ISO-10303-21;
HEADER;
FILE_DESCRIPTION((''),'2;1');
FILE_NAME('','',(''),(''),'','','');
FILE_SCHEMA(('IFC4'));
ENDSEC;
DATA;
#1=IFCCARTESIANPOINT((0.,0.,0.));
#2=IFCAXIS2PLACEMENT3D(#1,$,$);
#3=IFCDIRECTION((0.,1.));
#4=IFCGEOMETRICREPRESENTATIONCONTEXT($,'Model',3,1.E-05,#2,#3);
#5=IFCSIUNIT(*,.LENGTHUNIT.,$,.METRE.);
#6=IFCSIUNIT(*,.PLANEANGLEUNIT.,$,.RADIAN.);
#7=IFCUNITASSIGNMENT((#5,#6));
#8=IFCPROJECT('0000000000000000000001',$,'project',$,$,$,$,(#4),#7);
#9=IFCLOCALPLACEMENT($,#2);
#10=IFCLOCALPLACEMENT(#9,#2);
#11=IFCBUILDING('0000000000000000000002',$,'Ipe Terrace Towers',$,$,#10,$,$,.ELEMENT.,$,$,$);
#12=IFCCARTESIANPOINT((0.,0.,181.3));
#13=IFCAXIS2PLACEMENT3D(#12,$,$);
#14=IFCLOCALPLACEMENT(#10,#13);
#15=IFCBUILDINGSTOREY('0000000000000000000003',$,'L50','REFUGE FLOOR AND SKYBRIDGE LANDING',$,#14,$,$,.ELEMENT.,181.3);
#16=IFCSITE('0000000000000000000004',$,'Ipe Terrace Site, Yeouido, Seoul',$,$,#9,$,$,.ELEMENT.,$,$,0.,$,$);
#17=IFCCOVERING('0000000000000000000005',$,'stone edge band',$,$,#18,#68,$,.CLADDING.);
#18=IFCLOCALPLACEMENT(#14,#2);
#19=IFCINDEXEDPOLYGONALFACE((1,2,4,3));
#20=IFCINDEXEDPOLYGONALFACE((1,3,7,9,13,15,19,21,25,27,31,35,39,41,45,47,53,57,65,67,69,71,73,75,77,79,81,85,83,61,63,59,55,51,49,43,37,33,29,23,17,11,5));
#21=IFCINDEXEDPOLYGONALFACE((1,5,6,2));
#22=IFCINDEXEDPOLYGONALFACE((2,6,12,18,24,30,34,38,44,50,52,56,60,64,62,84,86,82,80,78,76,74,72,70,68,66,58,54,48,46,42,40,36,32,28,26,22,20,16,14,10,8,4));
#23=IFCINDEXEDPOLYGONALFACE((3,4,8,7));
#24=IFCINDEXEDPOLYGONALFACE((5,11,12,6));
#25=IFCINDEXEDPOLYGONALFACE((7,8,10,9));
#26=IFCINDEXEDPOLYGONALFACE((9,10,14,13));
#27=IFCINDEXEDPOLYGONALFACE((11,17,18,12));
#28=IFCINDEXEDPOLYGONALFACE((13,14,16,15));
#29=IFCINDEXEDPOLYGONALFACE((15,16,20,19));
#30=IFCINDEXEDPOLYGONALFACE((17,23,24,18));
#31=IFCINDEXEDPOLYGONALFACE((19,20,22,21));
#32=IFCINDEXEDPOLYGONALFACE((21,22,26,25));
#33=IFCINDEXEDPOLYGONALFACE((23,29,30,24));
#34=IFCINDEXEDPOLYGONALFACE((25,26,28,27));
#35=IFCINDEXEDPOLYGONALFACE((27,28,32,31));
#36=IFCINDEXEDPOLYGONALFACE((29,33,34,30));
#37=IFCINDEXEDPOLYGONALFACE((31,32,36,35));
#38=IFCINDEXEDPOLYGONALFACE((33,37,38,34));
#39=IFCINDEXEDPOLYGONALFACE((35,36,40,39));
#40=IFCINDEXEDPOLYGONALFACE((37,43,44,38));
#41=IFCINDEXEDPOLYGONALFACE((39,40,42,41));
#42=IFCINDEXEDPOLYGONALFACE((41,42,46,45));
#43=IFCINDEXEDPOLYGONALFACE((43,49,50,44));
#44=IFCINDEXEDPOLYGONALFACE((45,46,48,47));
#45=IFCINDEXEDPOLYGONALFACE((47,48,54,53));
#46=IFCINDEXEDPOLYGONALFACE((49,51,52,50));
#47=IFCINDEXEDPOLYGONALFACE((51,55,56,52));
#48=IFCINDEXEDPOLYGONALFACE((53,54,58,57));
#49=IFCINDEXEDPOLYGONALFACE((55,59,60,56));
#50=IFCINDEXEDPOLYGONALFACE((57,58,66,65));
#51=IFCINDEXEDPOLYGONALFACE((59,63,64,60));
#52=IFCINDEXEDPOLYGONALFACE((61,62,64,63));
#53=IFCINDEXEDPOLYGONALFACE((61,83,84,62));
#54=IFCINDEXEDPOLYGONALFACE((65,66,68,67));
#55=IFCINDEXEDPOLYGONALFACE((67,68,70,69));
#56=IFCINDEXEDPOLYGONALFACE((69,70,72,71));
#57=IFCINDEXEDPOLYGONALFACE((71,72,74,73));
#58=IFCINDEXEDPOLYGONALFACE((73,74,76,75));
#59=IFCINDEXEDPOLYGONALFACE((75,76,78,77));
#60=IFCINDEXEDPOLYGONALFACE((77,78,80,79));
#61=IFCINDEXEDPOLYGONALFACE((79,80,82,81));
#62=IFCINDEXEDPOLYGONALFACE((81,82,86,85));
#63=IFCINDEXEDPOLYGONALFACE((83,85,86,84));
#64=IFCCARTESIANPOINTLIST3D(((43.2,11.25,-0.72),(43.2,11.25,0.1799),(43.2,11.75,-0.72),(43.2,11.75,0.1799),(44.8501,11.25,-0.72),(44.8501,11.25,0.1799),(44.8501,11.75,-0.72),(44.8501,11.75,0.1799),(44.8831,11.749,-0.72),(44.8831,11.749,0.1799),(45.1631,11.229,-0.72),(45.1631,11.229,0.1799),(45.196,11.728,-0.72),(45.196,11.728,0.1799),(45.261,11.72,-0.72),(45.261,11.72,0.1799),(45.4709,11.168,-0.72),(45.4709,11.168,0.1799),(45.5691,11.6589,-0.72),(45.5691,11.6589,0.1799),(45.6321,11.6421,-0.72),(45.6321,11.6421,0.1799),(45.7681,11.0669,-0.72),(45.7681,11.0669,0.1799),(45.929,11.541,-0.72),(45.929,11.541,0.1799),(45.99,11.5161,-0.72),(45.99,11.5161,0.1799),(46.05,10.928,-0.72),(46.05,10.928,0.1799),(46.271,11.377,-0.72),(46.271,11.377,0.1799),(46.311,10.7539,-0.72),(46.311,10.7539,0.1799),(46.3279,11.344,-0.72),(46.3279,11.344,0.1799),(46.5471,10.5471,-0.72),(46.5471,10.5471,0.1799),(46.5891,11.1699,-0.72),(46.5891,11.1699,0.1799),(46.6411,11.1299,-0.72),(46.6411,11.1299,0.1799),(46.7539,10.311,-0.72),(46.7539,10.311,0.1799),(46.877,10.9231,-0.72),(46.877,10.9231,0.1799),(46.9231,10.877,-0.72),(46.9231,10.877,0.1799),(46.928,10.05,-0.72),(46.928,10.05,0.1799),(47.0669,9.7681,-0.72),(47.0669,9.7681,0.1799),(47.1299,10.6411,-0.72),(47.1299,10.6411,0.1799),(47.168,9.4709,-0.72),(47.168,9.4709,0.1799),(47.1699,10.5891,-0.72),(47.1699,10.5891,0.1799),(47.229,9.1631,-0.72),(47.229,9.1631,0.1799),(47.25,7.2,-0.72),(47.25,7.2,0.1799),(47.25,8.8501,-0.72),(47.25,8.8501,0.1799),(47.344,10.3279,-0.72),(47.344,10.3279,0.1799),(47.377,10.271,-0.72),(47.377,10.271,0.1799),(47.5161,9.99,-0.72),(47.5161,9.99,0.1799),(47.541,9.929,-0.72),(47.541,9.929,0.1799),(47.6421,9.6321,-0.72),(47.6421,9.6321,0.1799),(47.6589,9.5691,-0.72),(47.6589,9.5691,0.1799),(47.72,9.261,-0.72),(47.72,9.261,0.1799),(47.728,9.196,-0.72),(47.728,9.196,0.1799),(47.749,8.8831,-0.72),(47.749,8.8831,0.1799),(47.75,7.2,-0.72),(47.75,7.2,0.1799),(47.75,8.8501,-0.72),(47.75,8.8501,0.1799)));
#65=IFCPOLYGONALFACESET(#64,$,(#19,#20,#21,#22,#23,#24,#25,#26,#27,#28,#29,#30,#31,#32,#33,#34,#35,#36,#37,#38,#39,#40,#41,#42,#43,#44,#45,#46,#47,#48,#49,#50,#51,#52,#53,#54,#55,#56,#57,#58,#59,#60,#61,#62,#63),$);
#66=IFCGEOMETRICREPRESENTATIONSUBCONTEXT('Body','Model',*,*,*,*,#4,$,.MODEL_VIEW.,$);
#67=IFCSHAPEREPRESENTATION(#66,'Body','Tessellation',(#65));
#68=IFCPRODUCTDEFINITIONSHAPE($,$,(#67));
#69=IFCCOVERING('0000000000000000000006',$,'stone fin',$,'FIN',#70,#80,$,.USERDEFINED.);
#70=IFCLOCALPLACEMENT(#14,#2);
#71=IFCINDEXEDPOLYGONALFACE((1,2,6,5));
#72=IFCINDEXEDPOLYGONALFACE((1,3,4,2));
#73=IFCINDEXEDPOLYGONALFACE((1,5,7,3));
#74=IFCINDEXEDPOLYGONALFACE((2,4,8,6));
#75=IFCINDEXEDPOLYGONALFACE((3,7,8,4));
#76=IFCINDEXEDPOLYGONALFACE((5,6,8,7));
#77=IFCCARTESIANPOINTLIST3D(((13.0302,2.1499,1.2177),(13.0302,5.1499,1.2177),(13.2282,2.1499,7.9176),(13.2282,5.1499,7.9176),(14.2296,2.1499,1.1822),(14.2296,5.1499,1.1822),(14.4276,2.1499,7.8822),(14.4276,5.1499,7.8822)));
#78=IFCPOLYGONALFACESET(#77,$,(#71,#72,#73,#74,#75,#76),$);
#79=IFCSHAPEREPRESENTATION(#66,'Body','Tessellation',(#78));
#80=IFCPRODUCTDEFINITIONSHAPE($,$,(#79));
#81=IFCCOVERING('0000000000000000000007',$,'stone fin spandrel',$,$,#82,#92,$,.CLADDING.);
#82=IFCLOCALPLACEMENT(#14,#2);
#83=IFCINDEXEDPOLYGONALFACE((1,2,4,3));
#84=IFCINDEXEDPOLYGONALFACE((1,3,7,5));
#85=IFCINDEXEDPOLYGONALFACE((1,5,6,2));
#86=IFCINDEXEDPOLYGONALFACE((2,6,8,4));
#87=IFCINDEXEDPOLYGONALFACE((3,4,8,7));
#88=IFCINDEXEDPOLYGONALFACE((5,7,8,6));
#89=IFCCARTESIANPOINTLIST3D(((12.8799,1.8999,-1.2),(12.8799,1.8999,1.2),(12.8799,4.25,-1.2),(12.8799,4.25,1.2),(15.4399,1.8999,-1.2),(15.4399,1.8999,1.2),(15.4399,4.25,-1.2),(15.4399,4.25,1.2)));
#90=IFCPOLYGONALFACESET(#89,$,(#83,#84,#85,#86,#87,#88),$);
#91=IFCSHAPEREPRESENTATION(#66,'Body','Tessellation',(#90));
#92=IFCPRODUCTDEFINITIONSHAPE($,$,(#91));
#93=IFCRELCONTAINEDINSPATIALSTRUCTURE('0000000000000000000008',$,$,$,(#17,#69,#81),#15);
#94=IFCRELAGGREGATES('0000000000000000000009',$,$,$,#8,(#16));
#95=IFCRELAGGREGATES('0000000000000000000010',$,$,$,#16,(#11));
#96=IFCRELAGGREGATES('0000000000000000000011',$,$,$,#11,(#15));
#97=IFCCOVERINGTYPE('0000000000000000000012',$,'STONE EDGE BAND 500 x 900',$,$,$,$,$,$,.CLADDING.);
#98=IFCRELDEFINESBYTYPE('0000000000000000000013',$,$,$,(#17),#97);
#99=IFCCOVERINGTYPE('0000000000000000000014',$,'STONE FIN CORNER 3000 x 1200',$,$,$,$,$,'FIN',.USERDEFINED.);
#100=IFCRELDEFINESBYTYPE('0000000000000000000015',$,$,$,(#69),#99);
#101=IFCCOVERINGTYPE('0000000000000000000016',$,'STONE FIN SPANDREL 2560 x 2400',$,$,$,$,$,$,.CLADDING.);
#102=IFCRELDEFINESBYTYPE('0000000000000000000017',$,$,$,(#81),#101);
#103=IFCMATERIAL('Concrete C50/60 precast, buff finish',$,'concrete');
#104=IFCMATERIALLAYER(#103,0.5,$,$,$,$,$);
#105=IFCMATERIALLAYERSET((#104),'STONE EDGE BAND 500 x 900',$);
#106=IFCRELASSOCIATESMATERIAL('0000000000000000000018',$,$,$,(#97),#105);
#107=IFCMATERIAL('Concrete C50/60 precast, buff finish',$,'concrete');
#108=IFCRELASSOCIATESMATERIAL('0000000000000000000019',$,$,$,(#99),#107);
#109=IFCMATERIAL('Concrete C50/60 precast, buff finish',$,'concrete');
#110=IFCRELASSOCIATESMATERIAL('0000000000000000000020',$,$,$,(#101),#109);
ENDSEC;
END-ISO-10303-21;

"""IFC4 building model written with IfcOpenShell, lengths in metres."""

from ifc_helpers import new_model, si_unit, direction, frame, origin, origin_2d, place, context, subcontext, project, spatial, polyline, rectangle, outline, extrude, material, layer, layer_set, material_profile, profile_set, type_object, element, save


model = new_model("IFC4")

# Units and contexts
model_context = context("Model", 3, precision=1e-05, world=origin(), true_north=direction((0.0, 1.0)))
body_context = subcontext(model_context, "Body", "Model", "MODEL_VIEW")
ifc_project = project(units=[si_unit("LENGTHUNIT", "METRE"), si_unit("PLANEANGLEUNIT", "RADIAN")], contexts=[model_context])

# Site, building, storey
site_placement = place(None, origin())
site = spatial("IfcSite", under=ifc_project, at=site_placement, Name="Ipe Terrace Site, Yeouido, Seoul", CompositionType="ELEMENT", RefElevation=0.0)
building_placement = place(site_placement, origin())
building = spatial("IfcBuilding", under=site, at=building_placement, Name="Ipe Terrace Towers", CompositionType="ELEMENT")
storey_placement = place(building_placement, frame((0.0, 0.0, 181.3)))
storey = spatial("IfcBuildingStorey", under=building, at=storey_placement, Name="L50", Description="REFUGE FLOOR AND SKYBRIDGE LANDING", CompositionType="ELEMENT", Elevation=181.3)

# Coverings
ifc_material_1 = material(Name="Concrete C50/60 precast, buff finish", Category="concrete")
ifc_layer_1 = layer(ifc_material_1, 0.5)
ifc_layer_set_1 = layer_set([ifc_layer_1], Name="STONE EDGE BAND 500 x 900")
covering_type_1 = type_object("IfcCoveringType", Name="STONE EDGE BAND 500 x 900", PredefinedType="CLADDING", material=ifc_layer_set_1)
covering_1_placement = place(storey_placement, frame((0.0, 0.0, -0.72)))
element("IfcCovering", 1, at=covering_1_placement, inside=storey, type_object=covering_type_1, Name="stone edge band", PredefinedType="CLADDING", context=body_context, shape_type="SweptSolid", body=[
    extrude(outline(polyline([(47.75, 8.8501), (47.749, 8.8831), (47.728, 9.196), (47.72, 9.261), (47.6589, 9.5691), (47.6421, 9.6321), (47.541, 9.929), (47.5161, 9.99), (47.377, 10.271), (47.344, 10.3279), (47.1699, 10.5891), (47.1299, 10.6411), (46.9231, 10.877), (46.877, 10.9231), (46.6411, 11.1299), (46.5891, 11.1699), (46.3279, 11.344), (46.271, 11.377), (45.99, 11.5161), (45.929, 11.541), (45.6321, 11.6421), (45.5691, 11.6589), (45.261, 11.72), (45.196, 11.728), (44.8831, 11.749), (44.8501, 11.75), (43.2, 11.75), (43.2, 11.25), (44.8501, 11.25), (45.1631, 11.229), (45.4709, 11.168), (45.7681, 11.0669), (46.05, 10.928), (46.311, 10.7539), (46.5471, 10.5471), (46.7539, 10.311), (46.928, 10.05), (47.0669, 9.7681), (47.168, 9.4709), (47.229, 9.1631), (47.25, 8.8501), (47.25, 7.2), (47.75, 7.2), (47.75, 8.8501)])), origin(), (0.0, 0.0, 1.0), 0.8999),
])
ifc_material_2 = material(Name="Concrete C50/60 precast, buff finish", Category="concrete")
ifc_material_profile_1 = material_profile(ifc_material_2, rectangle(XDim=3.0, YDim=1.2, at=origin_2d()), Name="STONE FIN CORNER 3000 x 1200")
ifc_profile_set_1 = profile_set([ifc_material_profile_1], Name="Concrete C50/60 precast, buff finish")
covering_type_2 = type_object("IfcCoveringType", Name="STONE FIN CORNER 3000 x 1200", ElementType="FIN", PredefinedType="USERDEFINED", material=ifc_profile_set_1)
covering_2_placement = place(storey_placement, frame((13.6299, 3.6499, 1.2), z_axis=(0.029539, 0.0, 0.999564), x_axis=(0.0, -1.0, 0.0)))
element("IfcCovering", 2, at=covering_2_placement, inside=storey, type_object=covering_type_2, Name="stone fin", ObjectType="FIN", PredefinedType="USERDEFINED", context=body_context, shape_type="SweptSolid", body=[
    extrude(rectangle(XDim=3.0, YDim=1.2, at=origin_2d()), origin(), (0.0, 0.0, 1.0), 6.7029),
])
ifc_material_3 = material(Name="Concrete C50/60 precast, buff finish", Category="concrete")
ifc_material_profile_2 = material_profile(ifc_material_3, rectangle(XDim=2.5601, YDim=2.3999, at=origin_2d()), Name="STONE FIN SPANDREL 2560 x 2400")
ifc_profile_set_2 = profile_set([ifc_material_profile_2], Name="Concrete C50/60 precast, buff finish")
covering_type_3 = type_object("IfcCoveringType", Name="STONE FIN SPANDREL 2560 x 2400", PredefinedType="CLADDING", material=ifc_profile_set_2)
covering_3_placement = place(storey_placement, frame((14.1599, 4.25, 0.0), z_axis=(0.0, -1.0, 0.0), x_axis=(-1.0, 0.0, 0.0)))
element("IfcCovering", 3, at=covering_3_placement, inside=storey, type_object=covering_type_3, Name="stone fin spandrel", PredefinedType="CLADDING", context=body_context, shape_type="SweptSolid", body=[
    extrude(rectangle(XDim=2.5601, YDim=2.3999, at=origin_2d()), origin(), (0.0, 0.0, 1.0), 2.3501),
])

save(model, "model.ifc")
